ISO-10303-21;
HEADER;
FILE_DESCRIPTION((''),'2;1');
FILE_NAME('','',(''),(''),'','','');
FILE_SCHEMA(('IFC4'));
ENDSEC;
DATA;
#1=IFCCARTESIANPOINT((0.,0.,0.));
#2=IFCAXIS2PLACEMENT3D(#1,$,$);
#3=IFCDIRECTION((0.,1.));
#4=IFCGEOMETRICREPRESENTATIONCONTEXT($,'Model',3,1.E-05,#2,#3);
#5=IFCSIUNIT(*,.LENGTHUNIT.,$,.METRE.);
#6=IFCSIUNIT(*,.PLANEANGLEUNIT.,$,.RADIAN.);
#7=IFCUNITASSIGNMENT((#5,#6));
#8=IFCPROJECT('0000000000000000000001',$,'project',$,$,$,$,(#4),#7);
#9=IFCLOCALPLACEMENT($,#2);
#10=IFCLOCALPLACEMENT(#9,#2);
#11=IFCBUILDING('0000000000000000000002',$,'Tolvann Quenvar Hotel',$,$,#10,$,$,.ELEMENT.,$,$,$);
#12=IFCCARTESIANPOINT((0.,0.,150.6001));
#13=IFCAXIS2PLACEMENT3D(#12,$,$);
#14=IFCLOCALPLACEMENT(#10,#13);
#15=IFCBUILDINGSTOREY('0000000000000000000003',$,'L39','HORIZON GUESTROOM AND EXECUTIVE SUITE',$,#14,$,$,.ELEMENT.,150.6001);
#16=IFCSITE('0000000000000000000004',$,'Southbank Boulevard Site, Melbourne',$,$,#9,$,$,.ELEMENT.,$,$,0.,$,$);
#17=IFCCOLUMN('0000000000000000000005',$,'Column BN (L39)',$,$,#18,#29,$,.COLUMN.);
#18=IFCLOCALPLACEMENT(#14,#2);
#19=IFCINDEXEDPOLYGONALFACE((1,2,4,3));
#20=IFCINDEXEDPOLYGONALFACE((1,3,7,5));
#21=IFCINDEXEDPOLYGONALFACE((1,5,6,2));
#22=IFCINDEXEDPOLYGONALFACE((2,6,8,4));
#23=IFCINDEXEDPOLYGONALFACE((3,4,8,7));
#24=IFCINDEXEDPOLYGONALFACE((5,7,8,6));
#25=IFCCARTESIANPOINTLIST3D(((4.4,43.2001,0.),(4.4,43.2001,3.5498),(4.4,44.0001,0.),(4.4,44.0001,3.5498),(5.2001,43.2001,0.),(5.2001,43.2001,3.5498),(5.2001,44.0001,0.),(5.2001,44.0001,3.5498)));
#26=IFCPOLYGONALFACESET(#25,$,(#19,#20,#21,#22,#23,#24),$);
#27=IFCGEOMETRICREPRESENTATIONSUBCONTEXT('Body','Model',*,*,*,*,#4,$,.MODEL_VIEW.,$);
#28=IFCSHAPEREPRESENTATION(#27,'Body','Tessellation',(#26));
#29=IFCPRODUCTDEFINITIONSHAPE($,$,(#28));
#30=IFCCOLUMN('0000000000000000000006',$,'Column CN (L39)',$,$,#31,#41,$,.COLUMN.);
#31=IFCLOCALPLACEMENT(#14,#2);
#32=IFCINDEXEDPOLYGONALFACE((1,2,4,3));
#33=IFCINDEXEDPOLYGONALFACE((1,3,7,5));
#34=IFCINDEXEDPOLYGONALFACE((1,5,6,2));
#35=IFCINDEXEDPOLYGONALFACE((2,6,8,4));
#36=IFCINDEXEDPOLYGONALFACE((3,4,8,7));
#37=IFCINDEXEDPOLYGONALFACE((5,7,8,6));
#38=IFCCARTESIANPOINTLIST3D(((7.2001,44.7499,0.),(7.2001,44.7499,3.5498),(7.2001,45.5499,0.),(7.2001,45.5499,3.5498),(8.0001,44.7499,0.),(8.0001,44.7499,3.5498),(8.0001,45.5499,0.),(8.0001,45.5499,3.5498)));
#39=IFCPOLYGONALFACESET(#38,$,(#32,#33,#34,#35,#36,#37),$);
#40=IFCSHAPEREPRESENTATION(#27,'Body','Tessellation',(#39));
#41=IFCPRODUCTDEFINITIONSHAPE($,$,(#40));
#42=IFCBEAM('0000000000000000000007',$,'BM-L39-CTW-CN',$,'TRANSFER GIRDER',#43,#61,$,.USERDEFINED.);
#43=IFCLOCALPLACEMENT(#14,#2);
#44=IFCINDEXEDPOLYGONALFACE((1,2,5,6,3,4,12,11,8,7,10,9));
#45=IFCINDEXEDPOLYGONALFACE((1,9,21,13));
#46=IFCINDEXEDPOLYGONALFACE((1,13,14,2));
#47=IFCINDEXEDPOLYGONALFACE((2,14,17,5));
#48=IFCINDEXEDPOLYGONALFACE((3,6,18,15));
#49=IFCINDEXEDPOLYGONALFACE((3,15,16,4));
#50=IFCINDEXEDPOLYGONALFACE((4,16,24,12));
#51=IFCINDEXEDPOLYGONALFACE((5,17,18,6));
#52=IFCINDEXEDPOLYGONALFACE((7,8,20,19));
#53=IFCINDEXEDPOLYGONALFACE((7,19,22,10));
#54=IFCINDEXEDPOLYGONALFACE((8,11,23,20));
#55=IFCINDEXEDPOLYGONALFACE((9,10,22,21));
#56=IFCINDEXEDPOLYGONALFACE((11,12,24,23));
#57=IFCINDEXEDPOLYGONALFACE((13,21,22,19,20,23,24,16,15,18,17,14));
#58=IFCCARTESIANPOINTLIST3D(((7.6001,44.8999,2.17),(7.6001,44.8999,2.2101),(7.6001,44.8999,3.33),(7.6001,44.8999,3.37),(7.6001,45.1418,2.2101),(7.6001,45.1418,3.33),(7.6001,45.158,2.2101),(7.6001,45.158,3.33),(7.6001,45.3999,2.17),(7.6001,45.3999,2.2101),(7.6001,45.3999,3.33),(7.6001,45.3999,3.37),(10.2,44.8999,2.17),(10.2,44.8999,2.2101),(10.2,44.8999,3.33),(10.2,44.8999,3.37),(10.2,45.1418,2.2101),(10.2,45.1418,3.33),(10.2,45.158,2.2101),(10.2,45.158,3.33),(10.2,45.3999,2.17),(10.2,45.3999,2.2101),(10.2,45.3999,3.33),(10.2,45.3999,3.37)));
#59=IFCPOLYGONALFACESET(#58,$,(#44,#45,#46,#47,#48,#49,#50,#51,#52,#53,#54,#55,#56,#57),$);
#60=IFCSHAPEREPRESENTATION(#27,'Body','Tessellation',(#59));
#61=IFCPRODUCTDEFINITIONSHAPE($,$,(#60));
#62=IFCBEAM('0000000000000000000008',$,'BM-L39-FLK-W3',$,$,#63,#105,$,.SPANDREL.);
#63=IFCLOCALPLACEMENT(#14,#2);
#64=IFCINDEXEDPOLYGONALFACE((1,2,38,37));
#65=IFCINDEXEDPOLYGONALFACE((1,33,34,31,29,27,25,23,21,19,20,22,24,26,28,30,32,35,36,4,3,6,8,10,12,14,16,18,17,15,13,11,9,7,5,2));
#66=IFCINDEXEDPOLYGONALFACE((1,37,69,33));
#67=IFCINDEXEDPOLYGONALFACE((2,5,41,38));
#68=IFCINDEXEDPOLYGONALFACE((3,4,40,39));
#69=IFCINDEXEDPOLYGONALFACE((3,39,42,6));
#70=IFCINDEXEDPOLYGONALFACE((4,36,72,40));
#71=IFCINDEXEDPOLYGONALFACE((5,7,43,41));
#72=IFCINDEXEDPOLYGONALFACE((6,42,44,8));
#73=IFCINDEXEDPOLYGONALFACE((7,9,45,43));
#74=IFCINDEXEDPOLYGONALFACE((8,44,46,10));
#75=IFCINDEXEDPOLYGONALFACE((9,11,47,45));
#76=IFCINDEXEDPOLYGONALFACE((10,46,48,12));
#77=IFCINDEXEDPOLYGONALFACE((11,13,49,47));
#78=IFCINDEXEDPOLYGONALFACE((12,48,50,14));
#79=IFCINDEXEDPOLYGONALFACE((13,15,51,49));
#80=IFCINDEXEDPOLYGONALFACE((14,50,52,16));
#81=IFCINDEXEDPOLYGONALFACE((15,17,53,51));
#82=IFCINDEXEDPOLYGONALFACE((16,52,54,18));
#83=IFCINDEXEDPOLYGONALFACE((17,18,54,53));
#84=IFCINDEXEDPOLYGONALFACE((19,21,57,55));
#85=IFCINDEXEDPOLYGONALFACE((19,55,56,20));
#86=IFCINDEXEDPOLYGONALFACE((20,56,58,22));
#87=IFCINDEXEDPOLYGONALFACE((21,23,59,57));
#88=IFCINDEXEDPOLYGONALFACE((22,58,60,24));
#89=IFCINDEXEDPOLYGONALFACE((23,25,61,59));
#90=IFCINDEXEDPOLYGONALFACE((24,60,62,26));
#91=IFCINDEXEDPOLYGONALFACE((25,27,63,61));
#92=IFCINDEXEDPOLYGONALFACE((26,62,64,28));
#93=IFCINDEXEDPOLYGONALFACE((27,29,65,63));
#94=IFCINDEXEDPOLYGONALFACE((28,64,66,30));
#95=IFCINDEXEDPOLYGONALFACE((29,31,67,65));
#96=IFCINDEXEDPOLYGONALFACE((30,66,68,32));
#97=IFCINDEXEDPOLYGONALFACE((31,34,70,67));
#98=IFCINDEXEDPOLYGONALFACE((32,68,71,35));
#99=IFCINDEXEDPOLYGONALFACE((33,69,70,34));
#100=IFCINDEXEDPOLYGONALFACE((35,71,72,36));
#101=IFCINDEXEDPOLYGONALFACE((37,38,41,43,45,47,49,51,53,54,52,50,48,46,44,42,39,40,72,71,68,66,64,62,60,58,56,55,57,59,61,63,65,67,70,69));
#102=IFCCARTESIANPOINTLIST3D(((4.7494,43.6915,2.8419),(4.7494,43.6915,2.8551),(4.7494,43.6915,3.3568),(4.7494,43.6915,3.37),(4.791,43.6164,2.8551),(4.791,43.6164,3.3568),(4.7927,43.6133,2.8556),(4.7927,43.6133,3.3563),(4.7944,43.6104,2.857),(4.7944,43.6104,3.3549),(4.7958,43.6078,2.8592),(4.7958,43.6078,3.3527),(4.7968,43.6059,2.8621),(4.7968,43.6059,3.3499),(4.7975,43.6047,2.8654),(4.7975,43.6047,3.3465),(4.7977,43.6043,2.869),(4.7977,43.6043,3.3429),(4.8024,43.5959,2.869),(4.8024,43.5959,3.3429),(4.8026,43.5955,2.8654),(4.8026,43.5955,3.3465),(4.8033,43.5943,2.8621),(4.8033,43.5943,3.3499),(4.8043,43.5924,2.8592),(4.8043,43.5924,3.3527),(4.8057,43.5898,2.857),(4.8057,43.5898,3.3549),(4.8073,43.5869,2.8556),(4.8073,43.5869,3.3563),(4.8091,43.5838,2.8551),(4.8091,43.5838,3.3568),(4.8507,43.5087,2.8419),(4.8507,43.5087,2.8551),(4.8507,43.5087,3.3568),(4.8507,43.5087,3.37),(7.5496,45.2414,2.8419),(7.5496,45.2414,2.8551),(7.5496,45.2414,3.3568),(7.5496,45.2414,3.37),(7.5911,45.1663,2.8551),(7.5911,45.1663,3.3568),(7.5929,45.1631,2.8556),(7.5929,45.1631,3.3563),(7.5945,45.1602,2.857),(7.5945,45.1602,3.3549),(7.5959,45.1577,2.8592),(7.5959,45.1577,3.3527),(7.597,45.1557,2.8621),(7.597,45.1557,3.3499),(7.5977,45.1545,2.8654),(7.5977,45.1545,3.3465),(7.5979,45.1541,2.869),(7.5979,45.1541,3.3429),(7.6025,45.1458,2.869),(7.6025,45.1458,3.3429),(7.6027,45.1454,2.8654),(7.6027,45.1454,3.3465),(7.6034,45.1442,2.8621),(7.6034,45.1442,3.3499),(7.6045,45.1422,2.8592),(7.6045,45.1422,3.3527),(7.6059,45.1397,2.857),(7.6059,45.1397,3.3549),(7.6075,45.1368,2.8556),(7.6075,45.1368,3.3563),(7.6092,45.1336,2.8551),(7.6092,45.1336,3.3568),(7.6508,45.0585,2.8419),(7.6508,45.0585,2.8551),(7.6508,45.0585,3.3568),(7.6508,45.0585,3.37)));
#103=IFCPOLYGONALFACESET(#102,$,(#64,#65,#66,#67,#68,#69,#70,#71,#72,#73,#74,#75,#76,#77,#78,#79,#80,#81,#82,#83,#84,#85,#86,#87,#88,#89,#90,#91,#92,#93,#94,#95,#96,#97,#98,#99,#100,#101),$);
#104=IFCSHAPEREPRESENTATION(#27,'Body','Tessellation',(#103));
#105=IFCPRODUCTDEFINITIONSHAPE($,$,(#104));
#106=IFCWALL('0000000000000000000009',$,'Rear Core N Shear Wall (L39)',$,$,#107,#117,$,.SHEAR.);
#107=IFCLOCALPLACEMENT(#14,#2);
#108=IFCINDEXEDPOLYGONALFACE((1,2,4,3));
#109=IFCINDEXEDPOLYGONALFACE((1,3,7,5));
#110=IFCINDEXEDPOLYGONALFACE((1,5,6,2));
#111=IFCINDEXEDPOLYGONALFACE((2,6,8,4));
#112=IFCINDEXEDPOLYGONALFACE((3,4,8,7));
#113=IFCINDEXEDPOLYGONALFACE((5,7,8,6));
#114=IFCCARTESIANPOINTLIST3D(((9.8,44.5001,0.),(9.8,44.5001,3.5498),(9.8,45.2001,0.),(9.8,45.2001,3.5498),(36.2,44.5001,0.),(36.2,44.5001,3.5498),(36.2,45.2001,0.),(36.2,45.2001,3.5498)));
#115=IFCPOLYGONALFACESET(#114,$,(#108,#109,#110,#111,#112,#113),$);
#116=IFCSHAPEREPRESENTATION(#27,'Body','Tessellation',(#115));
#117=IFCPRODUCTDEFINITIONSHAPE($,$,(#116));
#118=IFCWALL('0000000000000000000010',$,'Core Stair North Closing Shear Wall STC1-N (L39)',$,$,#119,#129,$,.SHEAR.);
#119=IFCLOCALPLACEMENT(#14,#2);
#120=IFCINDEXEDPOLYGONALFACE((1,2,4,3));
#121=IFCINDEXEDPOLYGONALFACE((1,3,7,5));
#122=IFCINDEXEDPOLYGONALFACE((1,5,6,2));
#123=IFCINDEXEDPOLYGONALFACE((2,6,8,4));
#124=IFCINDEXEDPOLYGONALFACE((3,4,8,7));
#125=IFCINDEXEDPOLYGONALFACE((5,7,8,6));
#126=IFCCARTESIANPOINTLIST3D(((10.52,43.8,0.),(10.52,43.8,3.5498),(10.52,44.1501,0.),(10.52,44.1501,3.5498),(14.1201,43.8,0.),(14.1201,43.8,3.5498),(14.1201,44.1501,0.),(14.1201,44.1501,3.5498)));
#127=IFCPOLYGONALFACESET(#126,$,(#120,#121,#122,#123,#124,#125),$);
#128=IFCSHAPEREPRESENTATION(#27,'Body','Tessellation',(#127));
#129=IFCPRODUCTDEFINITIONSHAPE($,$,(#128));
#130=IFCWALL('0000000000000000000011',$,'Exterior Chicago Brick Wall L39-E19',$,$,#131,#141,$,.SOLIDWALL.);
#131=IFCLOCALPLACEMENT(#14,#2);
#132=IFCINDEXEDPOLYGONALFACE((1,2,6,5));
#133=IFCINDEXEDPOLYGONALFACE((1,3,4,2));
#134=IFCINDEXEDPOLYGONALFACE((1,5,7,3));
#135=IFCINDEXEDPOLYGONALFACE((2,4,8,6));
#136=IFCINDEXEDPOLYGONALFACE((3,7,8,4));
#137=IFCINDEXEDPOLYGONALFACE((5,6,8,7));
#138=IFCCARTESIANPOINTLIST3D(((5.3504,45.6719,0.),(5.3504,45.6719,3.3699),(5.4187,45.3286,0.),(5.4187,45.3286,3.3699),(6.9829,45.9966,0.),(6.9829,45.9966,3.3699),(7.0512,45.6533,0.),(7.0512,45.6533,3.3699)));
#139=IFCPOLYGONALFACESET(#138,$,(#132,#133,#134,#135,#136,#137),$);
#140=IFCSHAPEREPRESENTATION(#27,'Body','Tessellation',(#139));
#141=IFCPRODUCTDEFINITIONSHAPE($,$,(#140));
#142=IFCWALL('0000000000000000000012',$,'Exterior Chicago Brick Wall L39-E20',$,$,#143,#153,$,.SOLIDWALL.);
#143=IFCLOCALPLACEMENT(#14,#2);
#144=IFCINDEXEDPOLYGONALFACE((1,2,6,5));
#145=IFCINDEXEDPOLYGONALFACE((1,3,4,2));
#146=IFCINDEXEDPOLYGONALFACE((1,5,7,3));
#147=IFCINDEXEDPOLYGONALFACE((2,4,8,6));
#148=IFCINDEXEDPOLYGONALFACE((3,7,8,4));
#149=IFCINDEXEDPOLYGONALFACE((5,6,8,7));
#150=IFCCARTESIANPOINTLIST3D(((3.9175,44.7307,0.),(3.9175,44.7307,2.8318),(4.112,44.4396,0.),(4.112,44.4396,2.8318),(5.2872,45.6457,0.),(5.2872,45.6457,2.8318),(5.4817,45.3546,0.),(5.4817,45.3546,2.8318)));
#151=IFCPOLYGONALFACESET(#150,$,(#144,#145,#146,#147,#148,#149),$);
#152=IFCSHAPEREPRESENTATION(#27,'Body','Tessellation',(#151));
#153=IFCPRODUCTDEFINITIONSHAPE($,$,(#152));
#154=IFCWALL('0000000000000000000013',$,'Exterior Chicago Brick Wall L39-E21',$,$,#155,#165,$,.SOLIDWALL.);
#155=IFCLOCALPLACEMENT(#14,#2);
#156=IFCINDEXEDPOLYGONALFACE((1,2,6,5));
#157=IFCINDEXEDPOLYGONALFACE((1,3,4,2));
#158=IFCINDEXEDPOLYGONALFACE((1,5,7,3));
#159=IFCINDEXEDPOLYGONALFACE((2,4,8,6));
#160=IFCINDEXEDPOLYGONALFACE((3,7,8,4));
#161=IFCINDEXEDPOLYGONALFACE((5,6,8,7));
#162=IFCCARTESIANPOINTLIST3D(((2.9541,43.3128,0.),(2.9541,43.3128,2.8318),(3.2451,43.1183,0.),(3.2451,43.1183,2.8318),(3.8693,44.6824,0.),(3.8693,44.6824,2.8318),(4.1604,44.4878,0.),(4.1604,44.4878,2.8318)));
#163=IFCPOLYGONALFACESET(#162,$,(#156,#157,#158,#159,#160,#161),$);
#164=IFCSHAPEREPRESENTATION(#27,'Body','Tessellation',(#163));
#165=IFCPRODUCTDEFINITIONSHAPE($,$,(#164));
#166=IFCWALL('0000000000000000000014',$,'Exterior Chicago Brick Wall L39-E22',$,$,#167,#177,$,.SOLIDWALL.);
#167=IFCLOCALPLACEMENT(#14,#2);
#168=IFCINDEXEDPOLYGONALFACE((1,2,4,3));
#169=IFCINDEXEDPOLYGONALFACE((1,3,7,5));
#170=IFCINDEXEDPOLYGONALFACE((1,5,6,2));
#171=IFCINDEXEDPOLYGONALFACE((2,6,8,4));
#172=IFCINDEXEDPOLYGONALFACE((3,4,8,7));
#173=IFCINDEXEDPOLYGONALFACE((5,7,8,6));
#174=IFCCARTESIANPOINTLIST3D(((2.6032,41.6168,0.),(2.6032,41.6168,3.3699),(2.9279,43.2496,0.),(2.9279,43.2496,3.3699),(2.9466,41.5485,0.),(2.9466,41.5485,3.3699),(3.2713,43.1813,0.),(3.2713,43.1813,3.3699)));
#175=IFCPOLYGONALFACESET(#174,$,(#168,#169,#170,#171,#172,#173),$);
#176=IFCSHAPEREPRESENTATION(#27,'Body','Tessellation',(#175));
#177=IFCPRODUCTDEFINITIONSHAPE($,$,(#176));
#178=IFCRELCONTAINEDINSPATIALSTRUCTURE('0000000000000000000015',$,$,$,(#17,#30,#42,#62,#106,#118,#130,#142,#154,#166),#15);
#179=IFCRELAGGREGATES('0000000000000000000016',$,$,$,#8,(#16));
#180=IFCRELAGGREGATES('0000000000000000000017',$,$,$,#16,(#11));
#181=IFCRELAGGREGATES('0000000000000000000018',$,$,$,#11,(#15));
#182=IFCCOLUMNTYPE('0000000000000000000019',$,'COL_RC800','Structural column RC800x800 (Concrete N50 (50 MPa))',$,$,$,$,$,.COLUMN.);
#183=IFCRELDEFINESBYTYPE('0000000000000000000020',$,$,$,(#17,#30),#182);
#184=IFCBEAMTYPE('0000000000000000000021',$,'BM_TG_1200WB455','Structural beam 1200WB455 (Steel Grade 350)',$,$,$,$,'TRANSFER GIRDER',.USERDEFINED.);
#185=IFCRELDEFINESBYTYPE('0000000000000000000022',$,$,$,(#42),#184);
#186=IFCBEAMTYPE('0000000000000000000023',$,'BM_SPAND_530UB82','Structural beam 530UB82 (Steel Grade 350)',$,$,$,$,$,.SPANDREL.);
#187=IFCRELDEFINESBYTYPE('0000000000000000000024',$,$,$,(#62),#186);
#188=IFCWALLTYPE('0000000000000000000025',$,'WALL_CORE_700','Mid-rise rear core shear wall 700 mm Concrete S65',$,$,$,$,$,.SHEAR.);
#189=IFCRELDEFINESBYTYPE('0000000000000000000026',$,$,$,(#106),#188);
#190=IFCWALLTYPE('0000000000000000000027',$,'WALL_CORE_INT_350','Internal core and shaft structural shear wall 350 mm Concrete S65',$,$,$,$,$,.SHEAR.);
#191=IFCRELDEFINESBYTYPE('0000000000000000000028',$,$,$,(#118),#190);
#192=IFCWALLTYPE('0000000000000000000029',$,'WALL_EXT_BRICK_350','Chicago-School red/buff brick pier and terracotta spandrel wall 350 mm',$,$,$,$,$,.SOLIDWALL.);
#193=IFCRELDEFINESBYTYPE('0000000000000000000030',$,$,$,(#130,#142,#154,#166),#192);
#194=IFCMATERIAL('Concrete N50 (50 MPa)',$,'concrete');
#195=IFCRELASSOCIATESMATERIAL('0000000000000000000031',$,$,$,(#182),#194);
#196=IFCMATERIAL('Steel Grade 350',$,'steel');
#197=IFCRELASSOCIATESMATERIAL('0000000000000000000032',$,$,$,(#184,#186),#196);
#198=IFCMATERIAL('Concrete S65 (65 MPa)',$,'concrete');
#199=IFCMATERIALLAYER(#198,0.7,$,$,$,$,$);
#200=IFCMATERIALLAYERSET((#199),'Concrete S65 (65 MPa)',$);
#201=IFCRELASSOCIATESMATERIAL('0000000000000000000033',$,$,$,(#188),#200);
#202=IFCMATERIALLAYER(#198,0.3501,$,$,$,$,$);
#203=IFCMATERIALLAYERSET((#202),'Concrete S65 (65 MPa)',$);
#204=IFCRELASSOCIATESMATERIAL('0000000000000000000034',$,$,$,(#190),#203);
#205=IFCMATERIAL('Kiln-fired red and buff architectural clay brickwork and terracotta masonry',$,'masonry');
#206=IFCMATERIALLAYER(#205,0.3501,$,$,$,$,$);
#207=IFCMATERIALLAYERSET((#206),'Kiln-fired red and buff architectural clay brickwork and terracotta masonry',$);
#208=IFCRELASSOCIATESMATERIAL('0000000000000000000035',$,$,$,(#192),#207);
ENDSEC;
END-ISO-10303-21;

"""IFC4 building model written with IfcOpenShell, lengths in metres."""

from ifc_helpers import new_model, si_unit, direction, frame, frame_2d, origin, origin_2d, place, context, subcontext, project, spatial, rectangle, i_section, extrude, source, transform, mapped, material, layer, layer_set, material_profile, profile_set, type_object, type_shapes, element, save


model = new_model("IFC4")

# Units and contexts
model_context = context("Model", 3, precision=1e-05, world=origin(), true_north=direction((0.0, 1.0)))
body_context = subcontext(model_context, "Body", "Model", "MODEL_VIEW")
ifc_project = project(units=[si_unit("LENGTHUNIT", "METRE"), si_unit("PLANEANGLEUNIT", "RADIAN")], contexts=[model_context])

# Site, building, storey
site_placement = place(None, origin())
site = spatial("IfcSite", under=ifc_project, at=site_placement, Name="Southbank Boulevard Site, Melbourne", CompositionType="ELEMENT", RefElevation=0.0)
building_placement = place(site_placement, origin())
building = spatial("IfcBuilding", under=site, at=building_placement, Name="Tolvann Quenvar Hotel", CompositionType="ELEMENT")
storey_placement = place(building_placement, frame((0.0, 0.0, 150.6001)))
storey = spatial("IfcBuildingStorey", under=building, at=storey_placement, Name="L39", Description="HORIZON GUESTROOM AND EXECUTIVE SUITE", CompositionType="ELEMENT", Elevation=150.6001)

# Columns
ifc_material_1 = material(Name="Concrete N50 (50 MPa)", Category="concrete")
ifc_material_profile_1 = material_profile(ifc_material_1, rectangle(XDim=0.8, YDim=0.8, at=origin_2d()), Name="RC800x800")
ifc_profile_set_1 = profile_set([ifc_material_profile_1], Name="Concrete N50 (50 MPa)")
column_type = type_object("IfcColumnType", Name="COL_RC800", Description="Structural column RC800x800 (Concrete N50 (50 MPa))", PredefinedType="COLUMN", material=ifc_profile_set_1)
shared_shape_1 = source(origin(), body_context, "Body", "SweptSolid", [
    extrude(rectangle(XDim=0.8, YDim=0.8, at=origin_2d()), origin(), (0.0, 0.0, 1.0), 3.5498),
])
type_shapes(column_type, [shared_shape_1])
for number, where, z_axis, x_axis, name in (
    (1, (4.8, 43.6001, 0.0), (0.0, 0.0, 1.0), (1.0, 0.0, 0.0), "Column BN (L39)"),
    (2, (7.6001, 45.1499, 0.0), (0.0, 0.0, 1.0), (1.0, 0.0, 0.0), "Column CN (L39)"),
):
    element("IfcColumn", number, at=place(storey_placement, frame(where, z_axis=z_axis, x_axis=x_axis)), inside=storey, type_object=column_type, Name=name, PredefinedType="COLUMN", context=body_context, shape_type="MappedRepresentation", body=[
        mapped(shared_shape_1, transform((0.0, 0.0, 0.0), x_axis=(1.0, 0.0, 0.0), y_axis=(0.0, 1.0, 0.0), z_axis=(0.0, 0.0, 1.0), scale=1.0)),
    ])

# Beams
ifc_material_2 = material(Name="Steel Grade 350", Category="steel")
ifc_material_profile_2 = material_profile(ifc_material_2, i_section(OverallWidth=0.5, OverallDepth=1.2, WebThickness=0.0161, FlangeThickness=0.04, at=origin_2d()), Name="1200WB455")
ifc_profile_set_2 = profile_set([ifc_material_profile_2], Name="Steel Grade 350")
beam_type_1 = type_object("IfcBeamType", Name="BM_TG_1200WB455", Description="Structural beam 1200WB455 (Steel Grade 350)", ElementType="TRANSFER GIRDER", PredefinedType="USERDEFINED", material=ifc_profile_set_2)
shared_shape_2 = source(origin(), body_context, "Body", "SweptSolid", [
    extrude(i_section(OverallWidth=0.5, OverallDepth=1.2, WebThickness=0.0161, FlangeThickness=0.04, at=origin_2d()), origin(), (0.0, 0.0, 1.0), 2.5999),
])
type_shapes(beam_type_1, [shared_shape_2])
beam_1_placement = place(storey_placement, frame((7.6001, 45.1499, 2.77), z_axis=(1.0, 0.0, 0.0), x_axis=(0.0, 1.0, 0.0)))
element("IfcBeam", 3, at=beam_1_placement, inside=storey, type_object=beam_type_1, Name="BM-L39-CTW-CN", ObjectType="TRANSFER GIRDER", PredefinedType="USERDEFINED", context=body_context, shape_type="MappedRepresentation", body=[
    mapped(shared_shape_2, transform((0.0, 0.0, 0.0), x_axis=(1.0, 0.0, 0.0), y_axis=(0.0, 1.0, 0.0), z_axis=(0.0, 0.0, 1.0), scale=1.0)),
])
ifc_material_profile_3 = material_profile(ifc_material_2, i_section(OverallWidth=0.209, OverallDepth=0.5281, WebThickness=0.0095, FlangeThickness=0.0132, FilletRadius=0.0139, at=origin_2d()), Name="530UB82")
ifc_profile_set_3 = profile_set([ifc_material_profile_3], Name="Steel Grade 350")
beam_type_2 = type_object("IfcBeamType", Name="BM_SPAND_530UB82", Description="Structural beam 530UB82 (Steel Grade 350)", PredefinedType="SPANDREL", material=ifc_profile_set_3)
shared_shape_3 = source(origin(), body_context, "Body", "SweptSolid", [
    extrude(i_section(OverallWidth=0.209, OverallDepth=0.5281, WebThickness=0.0095, FlangeThickness=0.0132, FilletRadius=0.0139, at=origin_2d()), origin(), (0.0, 0.0, 1.0), 3.2004),
])
type_shapes(beam_type_2, [shared_shape_3])
beam_2_placement = place(storey_placement, frame((4.8, 43.6001, 3.106), z_axis=(0.874923, 0.484263, 0.0), x_axis=(-0.484263, 0.874923, 0.0)))
element("IfcBeam", 4, at=beam_2_placement, inside=storey, type_object=beam_type_2, Name="BM-L39-FLK-W3", PredefinedType="SPANDREL", context=body_context, shape_type="MappedRepresentation", body=[
    mapped(shared_shape_3, transform((0.0, 0.0, 0.0), x_axis=(1.0, 0.0, 0.0), y_axis=(0.0, 1.0, 0.0), z_axis=(0.0, 0.0, 1.0), scale=1.0)),
])

# Walls
ifc_material_3 = material(Name="Concrete S65 (65 MPa)", Category="concrete")
ifc_layer_1 = layer(ifc_material_3, 0.7)
ifc_layer_set_1 = layer_set([ifc_layer_1], Name="Concrete S65 (65 MPa)")
wall_type_1 = type_object("IfcWallType", Name="WALL_CORE_700", Description="Mid-rise rear core shear wall 700 mm Concrete S65", PredefinedType="SHEAR", material=ifc_layer_set_1)
wall_1_placement = place(storey_placement, frame((9.8, 44.8501, 0.0), z_axis=(0.0, 0.0, 1.0), x_axis=(1.0, 0.0, 0.0)))
element("IfcWall", 5, at=wall_1_placement, inside=storey, type_object=wall_type_1, Name="Rear Core N Shear Wall (L39)", PredefinedType="SHEAR", context=body_context, shape_type="SweptSolid", body=[
    extrude(rectangle(XDim=26.3999, YDim=0.7, at=frame_2d((13.2, 0.0))), origin(), (0.0, 0.0, 1.0), 3.5498),
])
ifc_layer_2 = layer(ifc_material_3, 0.3501)
ifc_layer_set_2 = layer_set([ifc_layer_2], Name="Concrete S65 (65 MPa)")
wall_type_2 = type_object("IfcWallType", Name="WALL_CORE_INT_350", Description="Internal core and shaft structural shear wall 350 mm Concrete S65", PredefinedType="SHEAR", material=ifc_layer_set_2)
wall_2_placement = place(storey_placement, frame((10.52, 43.9751, 0.0), z_axis=(0.0, 0.0, 1.0), x_axis=(1.0, 0.0, 0.0)))
element("IfcWall", 6, at=wall_2_placement, inside=storey, type_object=wall_type_2, Name="Core Stair North Closing Shear Wall STC1-N (L39)", PredefinedType="SHEAR", context=body_context, shape_type="SweptSolid", body=[
    extrude(rectangle(XDim=3.6001, YDim=0.3501, at=frame_2d((1.8, 0.0))), origin(), (0.0, 0.0, 1.0), 3.5498),
])
ifc_material_4 = material(Name="Kiln-fired red and buff architectural clay brickwork and terracotta masonry", Category="masonry")
ifc_layer_3 = layer(ifc_material_4, 0.3501)
ifc_layer_set_3 = layer_set([ifc_layer_3], Name="Kiln-fired red and buff architectural clay brickwork and terracotta masonry")
wall_type_3 = type_object("IfcWallType", Name="WALL_EXT_BRICK_350", Description="Chicago-School red/buff brick pier and terracotta spandrel wall 350 mm", PredefinedType="SOLIDWALL", material=ifc_layer_set_3)
wall_3_placement = place(storey_placement, frame((7.0171, 45.825, 0.0), z_axis=(0.0, 0.0, 1.0), x_axis=(-0.980789, -0.195072, 0.0)))
element("IfcWall", 7, at=wall_3_placement, inside=storey, type_object=wall_type_3, Name="Exterior Chicago Brick Wall L39-E19", PredefinedType="SOLIDWALL", context=body_context, shape_type="SweptSolid", body=[
    extrude(rectangle(XDim=1.6646, YDim=0.3501, at=frame_2d((0.8323, 0.0))), origin(), (0.0, 0.0, 1.0), 3.3699),
])
for number, where, z_axis, x_axis, name in (
    (8, (5.3845, 45.5002, 0.0), (0.0, 0.0, 1.0), (-0.831503, -0.555521, 0.0), "Exterior Chicago Brick Wall L39-E20"),
    (9, (4.0149, 44.5852, 0.0), (0.0, 0.0, 1.0), (-0.555623, -0.831434, 0.0), "Exterior Chicago Brick Wall L39-E21"),
):
    element("IfcWall", number, at=place(storey_placement, frame(where, z_axis=z_axis, x_axis=x_axis)), inside=storey, type_object=wall_type_3, Name=name, PredefinedType="SOLIDWALL", context=body_context, shape_type="SweptSolid", body=[
        extrude(rectangle(XDim=1.6472, YDim=0.3501, at=frame_2d((0.8237, 0.0))), origin(), (0.0, 0.0, 1.0), 2.8318),
    ])
wall_4_placement = place(storey_placement, frame((3.0996, 43.2156, 0.0), z_axis=(0.0, 0.0, 1.0), x_axis=(-0.195044, -0.980794, 0.0)))
element("IfcWall", 10, at=wall_4_placement, inside=storey, type_object=wall_type_3, Name="Exterior Chicago Brick Wall L39-E22", PredefinedType="SOLIDWALL", context=body_context, shape_type="SweptSolid", body=[
    extrude(rectangle(XDim=1.6648, YDim=0.3501, at=frame_2d((0.8325, 0.0))), origin(), (0.0, 0.0, 1.0), 3.3699),
])

save(model, "model.ifc")
